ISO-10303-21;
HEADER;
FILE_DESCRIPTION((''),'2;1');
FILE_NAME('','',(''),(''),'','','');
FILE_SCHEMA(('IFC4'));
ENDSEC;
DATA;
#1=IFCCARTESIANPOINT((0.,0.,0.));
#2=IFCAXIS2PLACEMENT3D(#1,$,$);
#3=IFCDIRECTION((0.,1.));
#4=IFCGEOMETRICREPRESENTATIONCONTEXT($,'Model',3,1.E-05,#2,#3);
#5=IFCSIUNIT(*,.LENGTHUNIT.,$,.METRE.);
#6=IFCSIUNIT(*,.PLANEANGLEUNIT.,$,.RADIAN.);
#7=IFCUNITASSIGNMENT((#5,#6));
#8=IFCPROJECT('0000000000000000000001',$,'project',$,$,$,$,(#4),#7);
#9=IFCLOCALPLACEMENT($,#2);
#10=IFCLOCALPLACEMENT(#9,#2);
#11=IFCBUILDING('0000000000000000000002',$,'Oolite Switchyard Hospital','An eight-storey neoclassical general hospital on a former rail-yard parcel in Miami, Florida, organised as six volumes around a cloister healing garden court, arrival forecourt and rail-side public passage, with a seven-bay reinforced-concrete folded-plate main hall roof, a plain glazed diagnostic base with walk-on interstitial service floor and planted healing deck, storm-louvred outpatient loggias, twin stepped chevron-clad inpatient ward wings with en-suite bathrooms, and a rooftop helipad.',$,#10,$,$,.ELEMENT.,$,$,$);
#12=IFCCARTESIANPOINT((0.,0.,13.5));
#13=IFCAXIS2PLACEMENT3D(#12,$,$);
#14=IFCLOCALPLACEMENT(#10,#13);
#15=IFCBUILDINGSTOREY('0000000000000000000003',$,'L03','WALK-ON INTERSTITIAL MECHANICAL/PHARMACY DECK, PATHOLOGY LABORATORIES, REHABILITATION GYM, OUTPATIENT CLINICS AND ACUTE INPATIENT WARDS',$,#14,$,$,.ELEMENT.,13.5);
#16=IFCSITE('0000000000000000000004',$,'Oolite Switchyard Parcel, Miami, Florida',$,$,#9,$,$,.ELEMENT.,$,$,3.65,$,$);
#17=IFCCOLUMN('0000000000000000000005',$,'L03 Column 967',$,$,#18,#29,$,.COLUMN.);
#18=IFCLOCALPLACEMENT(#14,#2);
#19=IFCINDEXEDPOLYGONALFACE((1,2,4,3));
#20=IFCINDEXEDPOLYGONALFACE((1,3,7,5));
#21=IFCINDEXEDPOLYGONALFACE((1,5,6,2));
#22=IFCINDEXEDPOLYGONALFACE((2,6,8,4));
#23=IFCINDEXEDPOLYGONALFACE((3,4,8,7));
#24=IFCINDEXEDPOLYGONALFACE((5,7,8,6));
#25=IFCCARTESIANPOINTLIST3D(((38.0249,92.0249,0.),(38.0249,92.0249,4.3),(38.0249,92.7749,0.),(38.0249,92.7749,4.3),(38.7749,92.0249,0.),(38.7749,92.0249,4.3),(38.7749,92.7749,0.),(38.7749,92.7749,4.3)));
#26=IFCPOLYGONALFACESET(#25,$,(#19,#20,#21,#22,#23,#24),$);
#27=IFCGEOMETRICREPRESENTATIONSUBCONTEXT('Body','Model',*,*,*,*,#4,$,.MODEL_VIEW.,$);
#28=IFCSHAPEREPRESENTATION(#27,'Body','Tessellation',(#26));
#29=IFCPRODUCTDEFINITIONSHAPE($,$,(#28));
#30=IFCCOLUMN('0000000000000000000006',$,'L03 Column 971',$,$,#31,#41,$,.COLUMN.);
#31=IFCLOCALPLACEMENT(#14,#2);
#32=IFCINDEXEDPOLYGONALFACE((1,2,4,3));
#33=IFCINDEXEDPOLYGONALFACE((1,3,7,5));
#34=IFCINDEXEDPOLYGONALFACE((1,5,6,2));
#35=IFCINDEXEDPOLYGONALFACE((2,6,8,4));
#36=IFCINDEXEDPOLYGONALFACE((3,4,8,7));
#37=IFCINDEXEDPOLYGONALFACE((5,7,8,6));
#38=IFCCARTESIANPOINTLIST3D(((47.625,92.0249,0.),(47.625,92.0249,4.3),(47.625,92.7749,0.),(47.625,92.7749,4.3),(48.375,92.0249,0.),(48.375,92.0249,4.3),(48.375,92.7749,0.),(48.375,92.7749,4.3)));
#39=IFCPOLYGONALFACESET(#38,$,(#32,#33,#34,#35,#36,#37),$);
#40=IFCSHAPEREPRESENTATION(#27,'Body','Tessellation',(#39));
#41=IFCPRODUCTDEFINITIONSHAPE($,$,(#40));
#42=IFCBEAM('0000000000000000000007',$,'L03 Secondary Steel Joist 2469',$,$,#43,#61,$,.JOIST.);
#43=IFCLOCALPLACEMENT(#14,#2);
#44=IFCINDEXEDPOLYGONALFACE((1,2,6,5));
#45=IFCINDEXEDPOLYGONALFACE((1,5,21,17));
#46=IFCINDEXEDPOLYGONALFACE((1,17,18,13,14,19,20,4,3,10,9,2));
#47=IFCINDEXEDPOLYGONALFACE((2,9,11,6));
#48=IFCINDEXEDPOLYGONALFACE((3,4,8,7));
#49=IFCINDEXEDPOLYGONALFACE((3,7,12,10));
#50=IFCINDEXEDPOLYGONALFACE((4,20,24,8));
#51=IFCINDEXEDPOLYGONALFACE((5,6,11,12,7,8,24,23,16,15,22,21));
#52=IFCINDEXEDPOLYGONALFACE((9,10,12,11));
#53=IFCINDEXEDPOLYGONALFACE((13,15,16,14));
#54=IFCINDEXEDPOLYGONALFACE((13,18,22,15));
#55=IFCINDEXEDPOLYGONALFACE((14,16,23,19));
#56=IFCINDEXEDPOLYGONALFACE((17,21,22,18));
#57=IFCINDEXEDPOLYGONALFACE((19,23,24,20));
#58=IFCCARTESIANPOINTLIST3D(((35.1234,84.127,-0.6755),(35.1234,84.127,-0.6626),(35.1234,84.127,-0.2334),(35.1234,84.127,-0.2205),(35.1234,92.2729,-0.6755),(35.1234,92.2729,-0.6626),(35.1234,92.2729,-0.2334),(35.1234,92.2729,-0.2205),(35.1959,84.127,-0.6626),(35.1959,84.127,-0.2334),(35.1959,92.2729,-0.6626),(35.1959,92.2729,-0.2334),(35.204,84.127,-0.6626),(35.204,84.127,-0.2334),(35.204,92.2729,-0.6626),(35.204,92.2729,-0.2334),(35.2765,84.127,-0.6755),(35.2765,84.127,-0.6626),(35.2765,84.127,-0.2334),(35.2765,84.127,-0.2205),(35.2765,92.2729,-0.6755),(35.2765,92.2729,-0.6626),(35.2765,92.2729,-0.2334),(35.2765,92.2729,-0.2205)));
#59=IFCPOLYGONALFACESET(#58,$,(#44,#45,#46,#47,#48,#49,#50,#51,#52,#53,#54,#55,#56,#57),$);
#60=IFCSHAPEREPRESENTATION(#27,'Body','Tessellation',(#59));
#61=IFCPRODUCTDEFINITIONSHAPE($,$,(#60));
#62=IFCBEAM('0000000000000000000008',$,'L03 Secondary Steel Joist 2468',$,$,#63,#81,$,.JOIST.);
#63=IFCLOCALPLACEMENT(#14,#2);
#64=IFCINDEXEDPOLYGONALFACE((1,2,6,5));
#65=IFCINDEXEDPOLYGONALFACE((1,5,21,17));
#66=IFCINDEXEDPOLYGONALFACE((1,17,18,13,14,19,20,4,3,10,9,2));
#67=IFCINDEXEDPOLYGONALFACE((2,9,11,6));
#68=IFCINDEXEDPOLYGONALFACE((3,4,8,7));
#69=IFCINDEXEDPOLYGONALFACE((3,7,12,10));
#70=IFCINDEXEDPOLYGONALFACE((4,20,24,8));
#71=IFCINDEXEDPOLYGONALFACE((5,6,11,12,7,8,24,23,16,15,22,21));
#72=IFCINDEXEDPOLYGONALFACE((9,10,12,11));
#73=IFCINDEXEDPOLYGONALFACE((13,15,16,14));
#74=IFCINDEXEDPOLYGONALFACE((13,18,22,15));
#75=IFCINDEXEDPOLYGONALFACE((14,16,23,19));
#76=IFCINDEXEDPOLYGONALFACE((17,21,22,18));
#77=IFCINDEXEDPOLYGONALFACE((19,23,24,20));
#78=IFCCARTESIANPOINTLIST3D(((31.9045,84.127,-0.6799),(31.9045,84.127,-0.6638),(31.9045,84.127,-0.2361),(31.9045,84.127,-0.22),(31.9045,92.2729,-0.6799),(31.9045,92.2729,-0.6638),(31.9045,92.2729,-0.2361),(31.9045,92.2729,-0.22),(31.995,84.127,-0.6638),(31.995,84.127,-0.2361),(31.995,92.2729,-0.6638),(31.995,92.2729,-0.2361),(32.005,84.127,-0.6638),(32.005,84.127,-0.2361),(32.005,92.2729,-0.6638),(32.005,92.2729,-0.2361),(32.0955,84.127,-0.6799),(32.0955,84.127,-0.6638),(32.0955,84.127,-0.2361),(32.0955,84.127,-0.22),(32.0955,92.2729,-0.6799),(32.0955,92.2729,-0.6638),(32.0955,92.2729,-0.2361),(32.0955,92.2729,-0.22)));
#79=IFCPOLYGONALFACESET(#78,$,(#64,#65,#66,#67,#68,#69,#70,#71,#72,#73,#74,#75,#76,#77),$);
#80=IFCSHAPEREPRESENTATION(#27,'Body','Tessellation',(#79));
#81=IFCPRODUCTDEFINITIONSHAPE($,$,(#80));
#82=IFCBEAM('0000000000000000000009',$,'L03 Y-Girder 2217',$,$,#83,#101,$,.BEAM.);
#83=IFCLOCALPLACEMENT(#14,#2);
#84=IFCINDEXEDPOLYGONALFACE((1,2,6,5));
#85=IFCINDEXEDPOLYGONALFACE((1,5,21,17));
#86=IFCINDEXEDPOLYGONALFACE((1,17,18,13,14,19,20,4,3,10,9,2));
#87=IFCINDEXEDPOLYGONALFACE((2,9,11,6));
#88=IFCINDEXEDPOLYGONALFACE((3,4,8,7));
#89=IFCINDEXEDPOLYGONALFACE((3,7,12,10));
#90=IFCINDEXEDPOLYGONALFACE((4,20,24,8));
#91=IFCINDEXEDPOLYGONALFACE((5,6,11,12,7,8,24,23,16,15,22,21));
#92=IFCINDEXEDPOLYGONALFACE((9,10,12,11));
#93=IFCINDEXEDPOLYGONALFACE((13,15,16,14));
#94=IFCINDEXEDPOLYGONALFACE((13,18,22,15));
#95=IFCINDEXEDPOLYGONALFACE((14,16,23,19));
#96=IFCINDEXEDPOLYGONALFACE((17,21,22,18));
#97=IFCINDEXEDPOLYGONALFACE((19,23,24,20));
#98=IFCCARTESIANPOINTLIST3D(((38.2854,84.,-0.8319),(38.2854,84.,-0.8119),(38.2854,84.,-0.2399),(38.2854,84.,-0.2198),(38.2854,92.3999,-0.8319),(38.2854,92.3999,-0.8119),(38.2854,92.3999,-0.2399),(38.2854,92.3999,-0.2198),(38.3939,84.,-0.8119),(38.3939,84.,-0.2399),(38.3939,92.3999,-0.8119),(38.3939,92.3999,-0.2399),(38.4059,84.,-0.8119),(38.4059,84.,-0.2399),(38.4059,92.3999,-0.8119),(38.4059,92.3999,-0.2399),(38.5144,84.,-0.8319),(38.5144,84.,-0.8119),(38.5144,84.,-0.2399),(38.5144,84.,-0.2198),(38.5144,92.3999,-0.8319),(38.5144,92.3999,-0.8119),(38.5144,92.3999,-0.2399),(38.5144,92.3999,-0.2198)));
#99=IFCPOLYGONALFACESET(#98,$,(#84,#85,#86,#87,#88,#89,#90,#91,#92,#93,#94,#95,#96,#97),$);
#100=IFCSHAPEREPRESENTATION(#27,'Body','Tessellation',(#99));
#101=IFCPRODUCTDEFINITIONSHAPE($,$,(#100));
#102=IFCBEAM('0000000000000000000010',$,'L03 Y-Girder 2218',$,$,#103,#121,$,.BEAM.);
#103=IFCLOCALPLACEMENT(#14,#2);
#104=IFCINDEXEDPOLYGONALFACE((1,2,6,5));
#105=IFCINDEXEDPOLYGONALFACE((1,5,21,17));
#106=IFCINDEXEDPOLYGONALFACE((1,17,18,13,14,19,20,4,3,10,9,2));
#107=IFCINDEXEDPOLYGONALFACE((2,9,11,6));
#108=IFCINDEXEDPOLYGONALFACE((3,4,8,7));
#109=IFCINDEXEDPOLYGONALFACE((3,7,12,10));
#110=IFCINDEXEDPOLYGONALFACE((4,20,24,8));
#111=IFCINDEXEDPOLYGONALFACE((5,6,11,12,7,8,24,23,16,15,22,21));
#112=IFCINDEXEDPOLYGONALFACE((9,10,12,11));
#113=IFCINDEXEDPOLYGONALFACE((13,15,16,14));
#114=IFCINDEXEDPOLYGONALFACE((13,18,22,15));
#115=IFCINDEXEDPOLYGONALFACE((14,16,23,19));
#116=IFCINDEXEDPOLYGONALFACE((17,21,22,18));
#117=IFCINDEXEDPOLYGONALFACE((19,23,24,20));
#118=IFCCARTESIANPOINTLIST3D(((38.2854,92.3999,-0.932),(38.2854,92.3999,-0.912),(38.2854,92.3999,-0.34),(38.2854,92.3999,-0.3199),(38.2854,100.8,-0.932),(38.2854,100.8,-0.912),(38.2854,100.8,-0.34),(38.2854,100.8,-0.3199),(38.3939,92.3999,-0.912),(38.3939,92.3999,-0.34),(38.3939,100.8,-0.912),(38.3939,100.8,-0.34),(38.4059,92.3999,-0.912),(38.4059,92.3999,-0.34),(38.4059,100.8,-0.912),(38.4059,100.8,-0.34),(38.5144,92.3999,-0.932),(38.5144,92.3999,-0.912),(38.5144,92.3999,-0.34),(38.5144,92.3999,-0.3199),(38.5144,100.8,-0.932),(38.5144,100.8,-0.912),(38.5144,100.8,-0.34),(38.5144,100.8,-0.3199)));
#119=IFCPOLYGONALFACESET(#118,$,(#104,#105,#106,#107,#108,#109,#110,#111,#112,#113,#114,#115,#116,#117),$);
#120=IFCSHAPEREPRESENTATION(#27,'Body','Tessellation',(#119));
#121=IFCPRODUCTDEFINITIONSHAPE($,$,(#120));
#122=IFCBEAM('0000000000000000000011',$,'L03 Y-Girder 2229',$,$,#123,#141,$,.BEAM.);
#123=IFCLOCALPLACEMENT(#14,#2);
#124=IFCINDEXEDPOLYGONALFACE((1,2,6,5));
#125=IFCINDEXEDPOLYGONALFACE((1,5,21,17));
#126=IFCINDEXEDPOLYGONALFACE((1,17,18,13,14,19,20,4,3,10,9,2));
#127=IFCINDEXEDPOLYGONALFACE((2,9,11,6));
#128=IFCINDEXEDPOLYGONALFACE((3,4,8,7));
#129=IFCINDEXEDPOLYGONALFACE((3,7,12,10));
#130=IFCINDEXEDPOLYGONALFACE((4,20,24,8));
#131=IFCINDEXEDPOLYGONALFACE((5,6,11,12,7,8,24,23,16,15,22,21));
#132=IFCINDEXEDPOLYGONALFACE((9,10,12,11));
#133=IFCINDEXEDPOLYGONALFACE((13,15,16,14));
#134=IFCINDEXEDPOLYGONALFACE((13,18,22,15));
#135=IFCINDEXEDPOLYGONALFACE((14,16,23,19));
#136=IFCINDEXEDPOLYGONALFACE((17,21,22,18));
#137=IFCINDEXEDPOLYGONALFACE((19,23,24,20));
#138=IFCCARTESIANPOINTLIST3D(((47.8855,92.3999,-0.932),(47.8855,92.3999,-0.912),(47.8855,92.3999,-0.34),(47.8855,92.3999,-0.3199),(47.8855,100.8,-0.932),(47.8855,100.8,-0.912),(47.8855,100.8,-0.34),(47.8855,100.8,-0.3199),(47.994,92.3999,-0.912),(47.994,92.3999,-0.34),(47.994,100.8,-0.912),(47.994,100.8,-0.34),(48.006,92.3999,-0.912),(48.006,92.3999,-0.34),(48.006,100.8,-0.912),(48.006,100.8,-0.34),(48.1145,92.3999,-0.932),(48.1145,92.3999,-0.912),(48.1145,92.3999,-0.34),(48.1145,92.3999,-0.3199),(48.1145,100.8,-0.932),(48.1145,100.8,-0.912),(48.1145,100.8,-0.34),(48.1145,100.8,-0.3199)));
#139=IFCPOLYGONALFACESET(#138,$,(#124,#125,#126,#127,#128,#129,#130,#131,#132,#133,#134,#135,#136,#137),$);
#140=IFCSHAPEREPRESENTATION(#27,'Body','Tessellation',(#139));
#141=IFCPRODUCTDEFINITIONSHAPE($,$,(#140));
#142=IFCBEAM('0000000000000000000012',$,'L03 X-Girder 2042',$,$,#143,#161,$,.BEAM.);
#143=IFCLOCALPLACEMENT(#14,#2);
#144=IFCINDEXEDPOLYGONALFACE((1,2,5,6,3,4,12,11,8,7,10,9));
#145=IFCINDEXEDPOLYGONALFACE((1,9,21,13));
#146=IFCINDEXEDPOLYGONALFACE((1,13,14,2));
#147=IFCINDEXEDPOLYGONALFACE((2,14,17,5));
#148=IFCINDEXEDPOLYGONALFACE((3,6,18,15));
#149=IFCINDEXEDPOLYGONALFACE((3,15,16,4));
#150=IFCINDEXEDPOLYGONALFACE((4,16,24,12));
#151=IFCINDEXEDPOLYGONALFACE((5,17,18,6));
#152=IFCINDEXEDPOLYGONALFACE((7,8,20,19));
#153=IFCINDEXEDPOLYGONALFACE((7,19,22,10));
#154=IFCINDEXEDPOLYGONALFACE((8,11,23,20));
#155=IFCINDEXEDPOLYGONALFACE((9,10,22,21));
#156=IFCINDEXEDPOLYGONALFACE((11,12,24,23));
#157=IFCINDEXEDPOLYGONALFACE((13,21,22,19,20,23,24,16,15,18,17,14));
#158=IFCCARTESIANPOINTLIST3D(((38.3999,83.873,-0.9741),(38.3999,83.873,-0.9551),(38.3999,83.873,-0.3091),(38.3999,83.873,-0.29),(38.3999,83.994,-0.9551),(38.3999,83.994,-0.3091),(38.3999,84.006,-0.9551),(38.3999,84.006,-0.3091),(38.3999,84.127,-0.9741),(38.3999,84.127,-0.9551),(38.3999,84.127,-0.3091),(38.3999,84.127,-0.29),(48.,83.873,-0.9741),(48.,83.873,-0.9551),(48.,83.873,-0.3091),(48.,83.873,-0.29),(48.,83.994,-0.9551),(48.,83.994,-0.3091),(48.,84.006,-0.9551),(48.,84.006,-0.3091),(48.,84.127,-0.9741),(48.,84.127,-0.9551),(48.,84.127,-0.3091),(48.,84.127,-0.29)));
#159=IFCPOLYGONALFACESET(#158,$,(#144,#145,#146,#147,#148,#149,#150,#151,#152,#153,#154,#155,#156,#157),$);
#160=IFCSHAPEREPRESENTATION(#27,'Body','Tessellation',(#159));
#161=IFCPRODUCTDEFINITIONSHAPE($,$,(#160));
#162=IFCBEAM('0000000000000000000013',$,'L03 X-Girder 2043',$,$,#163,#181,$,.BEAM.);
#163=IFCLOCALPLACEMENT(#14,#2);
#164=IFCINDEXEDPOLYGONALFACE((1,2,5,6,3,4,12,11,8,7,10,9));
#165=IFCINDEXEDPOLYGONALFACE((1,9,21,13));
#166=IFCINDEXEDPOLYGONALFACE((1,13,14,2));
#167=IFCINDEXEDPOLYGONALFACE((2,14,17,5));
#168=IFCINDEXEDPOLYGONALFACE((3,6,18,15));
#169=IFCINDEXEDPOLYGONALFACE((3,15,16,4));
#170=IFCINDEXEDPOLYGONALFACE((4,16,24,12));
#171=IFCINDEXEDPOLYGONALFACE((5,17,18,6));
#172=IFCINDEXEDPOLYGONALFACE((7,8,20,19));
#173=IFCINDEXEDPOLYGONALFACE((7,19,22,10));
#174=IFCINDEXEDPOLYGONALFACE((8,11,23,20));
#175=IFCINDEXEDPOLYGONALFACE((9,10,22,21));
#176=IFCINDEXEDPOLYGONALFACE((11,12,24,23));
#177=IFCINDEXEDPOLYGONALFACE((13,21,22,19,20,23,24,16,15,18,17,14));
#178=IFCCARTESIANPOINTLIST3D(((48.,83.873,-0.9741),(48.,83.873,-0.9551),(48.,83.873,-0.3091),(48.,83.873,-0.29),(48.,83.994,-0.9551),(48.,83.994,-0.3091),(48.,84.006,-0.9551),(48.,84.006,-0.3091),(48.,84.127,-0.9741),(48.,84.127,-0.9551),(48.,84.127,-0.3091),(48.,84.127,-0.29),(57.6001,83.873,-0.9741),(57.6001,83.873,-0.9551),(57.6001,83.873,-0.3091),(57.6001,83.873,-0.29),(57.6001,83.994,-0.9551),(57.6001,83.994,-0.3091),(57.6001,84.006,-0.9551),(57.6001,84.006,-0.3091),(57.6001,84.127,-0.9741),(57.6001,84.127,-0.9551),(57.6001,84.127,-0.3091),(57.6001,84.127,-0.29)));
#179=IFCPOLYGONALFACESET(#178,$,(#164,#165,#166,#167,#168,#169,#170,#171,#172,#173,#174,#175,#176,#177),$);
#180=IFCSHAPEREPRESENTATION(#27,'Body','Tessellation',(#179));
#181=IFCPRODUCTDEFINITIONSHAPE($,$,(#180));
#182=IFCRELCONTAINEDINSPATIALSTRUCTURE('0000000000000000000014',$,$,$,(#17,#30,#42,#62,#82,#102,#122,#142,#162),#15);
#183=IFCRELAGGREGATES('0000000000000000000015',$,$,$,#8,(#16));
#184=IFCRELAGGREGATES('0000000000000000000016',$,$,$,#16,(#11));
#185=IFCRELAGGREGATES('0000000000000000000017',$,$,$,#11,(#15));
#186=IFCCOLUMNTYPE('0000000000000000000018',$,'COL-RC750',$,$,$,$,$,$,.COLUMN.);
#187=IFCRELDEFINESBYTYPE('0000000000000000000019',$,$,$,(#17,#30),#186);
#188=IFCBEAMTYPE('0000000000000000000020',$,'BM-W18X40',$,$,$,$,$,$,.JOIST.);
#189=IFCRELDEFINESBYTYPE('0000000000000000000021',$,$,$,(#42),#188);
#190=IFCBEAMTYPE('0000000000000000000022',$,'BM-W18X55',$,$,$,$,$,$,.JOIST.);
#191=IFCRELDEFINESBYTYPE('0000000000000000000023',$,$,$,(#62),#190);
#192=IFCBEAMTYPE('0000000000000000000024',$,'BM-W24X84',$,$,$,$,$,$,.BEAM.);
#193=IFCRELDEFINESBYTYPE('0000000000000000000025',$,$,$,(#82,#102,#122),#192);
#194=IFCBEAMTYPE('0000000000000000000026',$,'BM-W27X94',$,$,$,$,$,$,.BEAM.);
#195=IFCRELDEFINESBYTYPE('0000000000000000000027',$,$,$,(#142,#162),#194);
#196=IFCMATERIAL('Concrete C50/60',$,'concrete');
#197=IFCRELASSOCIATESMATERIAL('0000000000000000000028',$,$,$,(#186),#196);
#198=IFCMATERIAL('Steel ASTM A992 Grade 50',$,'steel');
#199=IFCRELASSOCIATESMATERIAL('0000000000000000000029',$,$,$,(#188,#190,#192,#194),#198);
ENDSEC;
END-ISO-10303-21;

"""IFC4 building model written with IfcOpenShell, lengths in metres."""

from ifc_helpers import new_model, si_unit, direction, frame, origin, origin_2d, place, context, subcontext, project, spatial, rectangle, i_section, extrude, material, material_profile, profile_set, type_object, element, save


model = new_model("IFC4")

# Units and contexts
model_context = context("Model", 3, precision=1e-05, world=origin(), true_north=direction((0.0, 1.0)))
body_context = subcontext(model_context, "Body", "Model", "MODEL_VIEW")
ifc_project = project(units=[si_unit("LENGTHUNIT", "METRE"), si_unit("PLANEANGLEUNIT", "RADIAN")], contexts=[model_context])

# Site, building, storey
site_placement = place(None, origin())
site = spatial("IfcSite", under=ifc_project, at=site_placement, Name="Oolite Switchyard Parcel, Miami, Florida", CompositionType="ELEMENT", RefElevation=3.65)
building_placement = place(site_placement, origin())
building = spatial("IfcBuilding", under=site, at=building_placement, Name="Oolite Switchyard Hospital", Description="An eight-storey neoclassical general hospital on a former rail-yard parcel in Miami, Florida, organised as six volumes around a cloister healing garden court, arrival forecourt and rail-side public passage, with a seven-bay reinforced-concrete folded-plate main hall roof, a plain glazed diagnostic base with walk-on interstitial service floor and planted healing deck, storm-louvred outpatient loggias, twin stepped chevron-clad inpatient ward wings with en-suite bathrooms, and a rooftop helipad.", CompositionType="ELEMENT")
storey_placement = place(building_placement, frame((0.0, 0.0, 13.5)))
storey = spatial("IfcBuildingStorey", under=building, at=storey_placement, Name="L03", Description="WALK-ON INTERSTITIAL MECHANICAL/PHARMACY DECK, PATHOLOGY LABORATORIES, REHABILITATION GYM, OUTPATIENT CLINICS AND ACUTE INPATIENT WARDS", CompositionType="ELEMENT", Elevation=13.5)

# Columns
ifc_material_1 = material(Name="Concrete C50/60", Category="concrete")
ifc_material_profile_1 = material_profile(ifc_material_1, rectangle(XDim=0.75, YDim=0.75, at=origin_2d()), Name="RC750X750")
ifc_profile_set_1 = profile_set([ifc_material_profile_1], Name="Concrete C50/60")
column_type = type_object("IfcColumnType", Name="COL-RC750", PredefinedType="COLUMN", material=ifc_profile_set_1)
for number, where, z_axis, x_axis, name in (
    (1, (38.3999, 92.3999, 0.0), (0.0, 0.0, 1.0), (1.0, 0.0, 0.0), "L03 Column 967"),
    (2, (48.0, 92.3999, 0.0), (0.0, 0.0, 1.0), (1.0, 0.0, 0.0), "L03 Column 971"),
):
    element("IfcColumn", number, at=place(storey_placement, frame(where, z_axis=z_axis, x_axis=x_axis)), inside=storey, type_object=column_type, Name=name, PredefinedType="COLUMN", context=body_context, shape_type="SweptSolid", body=[
        extrude(rectangle(XDim=0.75, YDim=0.75, at=origin_2d()), origin(), (0.0, 0.0, 1.0), 4.3),
    ])

# Beams
ifc_material_2 = material(Name="Steel ASTM A992 Grade 50", Category="steel")
ifc_material_profile_2 = material_profile(ifc_material_2, i_section(OverallWidth=0.1531, OverallDepth=0.4551, WebThickness=0.0081, FlangeThickness=0.0129, at=origin_2d()), Name="W18X40")
ifc_profile_set_2 = profile_set([ifc_material_profile_2], Name="Steel ASTM A992 Grade 50")
beam_type_1 = type_object("IfcBeamType", Name="BM-W18X40", PredefinedType="JOIST", material=ifc_profile_set_2)
beam_1_placement = place(storey_placement, frame((35.2, 84.127, -0.448), z_axis=(0.0, 1.0, 0.0), x_axis=(-1.0, 0.0, 0.0)))
element("IfcBeam", 3, at=beam_1_placement, inside=storey, type_object=beam_type_1, Name="L03 Secondary Steel Joist 2469", PredefinedType="JOIST", context=body_context, shape_type="SweptSolid", body=[
    extrude(i_section(OverallWidth=0.1531, OverallDepth=0.4551, WebThickness=0.0081, FlangeThickness=0.0129, at=origin_2d()), origin(), (0.0, 0.0, 1.0), 8.146),
])
ifc_material_profile_3 = material_profile(ifc_material_2, i_section(OverallWidth=0.1909, OverallDepth=0.46, WebThickness=0.01, FlangeThickness=0.0161, at=origin_2d()), Name="W18X55")
ifc_profile_set_3 = profile_set([ifc_material_profile_3], Name="Steel ASTM A992 Grade 50")
beam_type_2 = type_object("IfcBeamType", Name="BM-W18X55", PredefinedType="JOIST", material=ifc_profile_set_3)
beam_2_placement = place(storey_placement, frame((32.0, 84.127, -0.45), z_axis=(0.0, 1.0, 0.0), x_axis=(-1.0, 0.0, 0.0)))
element("IfcBeam", 4, at=beam_2_placement, inside=storey, type_object=beam_type_2, Name="L03 Secondary Steel Joist 2468", PredefinedType="JOIST", context=body_context, shape_type="SweptSolid", body=[
    extrude(i_section(OverallWidth=0.1909, OverallDepth=0.46, WebThickness=0.01, FlangeThickness=0.0161, at=origin_2d()), origin(), (0.0, 0.0, 1.0), 8.146),
])
ifc_material_profile_4 = material_profile(ifc_material_2, i_section(OverallWidth=0.229, OverallDepth=0.6121, WebThickness=0.012, FlangeThickness=0.02, at=origin_2d()), Name="W24X84")
ifc_profile_set_4 = profile_set([ifc_material_profile_4], Name="Steel ASTM A992 Grade 50")
beam_type_3 = type_object("IfcBeamType", Name="BM-W24X84", PredefinedType="BEAM", material=ifc_profile_set_4)
beam_3_placement = place(storey_placement, frame((38.3999, 84.0, -0.5259), z_axis=(0.0, 1.0, 0.0), x_axis=(-1.0, 0.0, 0.0)))
element("IfcBeam", 5, at=beam_3_placement, inside=storey, type_object=beam_type_3, Name="L03 Y-Girder 2217", PredefinedType="BEAM", context=body_context, shape_type="SweptSolid", body=[
    extrude(i_section(OverallWidth=0.229, OverallDepth=0.6121, WebThickness=0.012, FlangeThickness=0.02, at=origin_2d()), origin(), (0.0, 0.0, 1.0), 8.3999),
])
for number, where, z_axis, x_axis, name in (
    (6, (38.3999, 92.3999, -0.626), (0.0, 1.0, 0.0), (-1.0, 0.0, 0.0), "L03 Y-Girder 2218"),
    (7, (48.0, 92.3999, -0.626), (0.0, 1.0, 0.0), (-1.0, 0.0, 0.0), "L03 Y-Girder 2229"),
):
    element("IfcBeam", number, at=place(storey_placement, frame(where, z_axis=z_axis, x_axis=x_axis)), inside=storey, type_object=beam_type_3, Name=name, PredefinedType="BEAM", context=body_context, shape_type="SweptSolid", body=[
        extrude(i_section(OverallWidth=0.229, OverallDepth=0.6121, WebThickness=0.012, FlangeThickness=0.02, at=origin_2d()), origin(), (0.0, 0.0, 1.0), 8.4001),
    ])
ifc_material_profile_5 = material_profile(ifc_material_2, i_section(OverallWidth=0.2539, OverallDepth=0.6841, WebThickness=0.012, FlangeThickness=0.019, at=origin_2d()), Name="W27X94")
ifc_profile_set_5 = profile_set([ifc_material_profile_5], Name="Steel ASTM A992 Grade 50")
beam_type_4 = type_object("IfcBeamType", Name="BM-W27X94", PredefinedType="BEAM", material=ifc_profile_set_5)
for number, where, z_axis, x_axis, name in (
    (8, (38.3999, 84.0, -0.6321), (1.0, 0.0, 0.0), (0.0, 1.0, 0.0), "L03 X-Girder 2042"),
    (9, (48.0, 84.0, -0.6321), (1.0, 0.0, 0.0), (0.0, 1.0, 0.0), "L03 X-Girder 2043"),
):
    element("IfcBeam", number, at=place(storey_placement, frame(where, z_axis=z_axis, x_axis=x_axis)), inside=storey, type_object=beam_type_4, Name=name, PredefinedType="BEAM", context=body_context, shape_type="SweptSolid", body=[
        extrude(i_section(OverallWidth=0.2539, OverallDepth=0.6841, WebThickness=0.012, FlangeThickness=0.019, at=origin_2d()), origin(), (0.0, 0.0, 1.0), 9.6001),
    ])

save(model, "model.ifc")
